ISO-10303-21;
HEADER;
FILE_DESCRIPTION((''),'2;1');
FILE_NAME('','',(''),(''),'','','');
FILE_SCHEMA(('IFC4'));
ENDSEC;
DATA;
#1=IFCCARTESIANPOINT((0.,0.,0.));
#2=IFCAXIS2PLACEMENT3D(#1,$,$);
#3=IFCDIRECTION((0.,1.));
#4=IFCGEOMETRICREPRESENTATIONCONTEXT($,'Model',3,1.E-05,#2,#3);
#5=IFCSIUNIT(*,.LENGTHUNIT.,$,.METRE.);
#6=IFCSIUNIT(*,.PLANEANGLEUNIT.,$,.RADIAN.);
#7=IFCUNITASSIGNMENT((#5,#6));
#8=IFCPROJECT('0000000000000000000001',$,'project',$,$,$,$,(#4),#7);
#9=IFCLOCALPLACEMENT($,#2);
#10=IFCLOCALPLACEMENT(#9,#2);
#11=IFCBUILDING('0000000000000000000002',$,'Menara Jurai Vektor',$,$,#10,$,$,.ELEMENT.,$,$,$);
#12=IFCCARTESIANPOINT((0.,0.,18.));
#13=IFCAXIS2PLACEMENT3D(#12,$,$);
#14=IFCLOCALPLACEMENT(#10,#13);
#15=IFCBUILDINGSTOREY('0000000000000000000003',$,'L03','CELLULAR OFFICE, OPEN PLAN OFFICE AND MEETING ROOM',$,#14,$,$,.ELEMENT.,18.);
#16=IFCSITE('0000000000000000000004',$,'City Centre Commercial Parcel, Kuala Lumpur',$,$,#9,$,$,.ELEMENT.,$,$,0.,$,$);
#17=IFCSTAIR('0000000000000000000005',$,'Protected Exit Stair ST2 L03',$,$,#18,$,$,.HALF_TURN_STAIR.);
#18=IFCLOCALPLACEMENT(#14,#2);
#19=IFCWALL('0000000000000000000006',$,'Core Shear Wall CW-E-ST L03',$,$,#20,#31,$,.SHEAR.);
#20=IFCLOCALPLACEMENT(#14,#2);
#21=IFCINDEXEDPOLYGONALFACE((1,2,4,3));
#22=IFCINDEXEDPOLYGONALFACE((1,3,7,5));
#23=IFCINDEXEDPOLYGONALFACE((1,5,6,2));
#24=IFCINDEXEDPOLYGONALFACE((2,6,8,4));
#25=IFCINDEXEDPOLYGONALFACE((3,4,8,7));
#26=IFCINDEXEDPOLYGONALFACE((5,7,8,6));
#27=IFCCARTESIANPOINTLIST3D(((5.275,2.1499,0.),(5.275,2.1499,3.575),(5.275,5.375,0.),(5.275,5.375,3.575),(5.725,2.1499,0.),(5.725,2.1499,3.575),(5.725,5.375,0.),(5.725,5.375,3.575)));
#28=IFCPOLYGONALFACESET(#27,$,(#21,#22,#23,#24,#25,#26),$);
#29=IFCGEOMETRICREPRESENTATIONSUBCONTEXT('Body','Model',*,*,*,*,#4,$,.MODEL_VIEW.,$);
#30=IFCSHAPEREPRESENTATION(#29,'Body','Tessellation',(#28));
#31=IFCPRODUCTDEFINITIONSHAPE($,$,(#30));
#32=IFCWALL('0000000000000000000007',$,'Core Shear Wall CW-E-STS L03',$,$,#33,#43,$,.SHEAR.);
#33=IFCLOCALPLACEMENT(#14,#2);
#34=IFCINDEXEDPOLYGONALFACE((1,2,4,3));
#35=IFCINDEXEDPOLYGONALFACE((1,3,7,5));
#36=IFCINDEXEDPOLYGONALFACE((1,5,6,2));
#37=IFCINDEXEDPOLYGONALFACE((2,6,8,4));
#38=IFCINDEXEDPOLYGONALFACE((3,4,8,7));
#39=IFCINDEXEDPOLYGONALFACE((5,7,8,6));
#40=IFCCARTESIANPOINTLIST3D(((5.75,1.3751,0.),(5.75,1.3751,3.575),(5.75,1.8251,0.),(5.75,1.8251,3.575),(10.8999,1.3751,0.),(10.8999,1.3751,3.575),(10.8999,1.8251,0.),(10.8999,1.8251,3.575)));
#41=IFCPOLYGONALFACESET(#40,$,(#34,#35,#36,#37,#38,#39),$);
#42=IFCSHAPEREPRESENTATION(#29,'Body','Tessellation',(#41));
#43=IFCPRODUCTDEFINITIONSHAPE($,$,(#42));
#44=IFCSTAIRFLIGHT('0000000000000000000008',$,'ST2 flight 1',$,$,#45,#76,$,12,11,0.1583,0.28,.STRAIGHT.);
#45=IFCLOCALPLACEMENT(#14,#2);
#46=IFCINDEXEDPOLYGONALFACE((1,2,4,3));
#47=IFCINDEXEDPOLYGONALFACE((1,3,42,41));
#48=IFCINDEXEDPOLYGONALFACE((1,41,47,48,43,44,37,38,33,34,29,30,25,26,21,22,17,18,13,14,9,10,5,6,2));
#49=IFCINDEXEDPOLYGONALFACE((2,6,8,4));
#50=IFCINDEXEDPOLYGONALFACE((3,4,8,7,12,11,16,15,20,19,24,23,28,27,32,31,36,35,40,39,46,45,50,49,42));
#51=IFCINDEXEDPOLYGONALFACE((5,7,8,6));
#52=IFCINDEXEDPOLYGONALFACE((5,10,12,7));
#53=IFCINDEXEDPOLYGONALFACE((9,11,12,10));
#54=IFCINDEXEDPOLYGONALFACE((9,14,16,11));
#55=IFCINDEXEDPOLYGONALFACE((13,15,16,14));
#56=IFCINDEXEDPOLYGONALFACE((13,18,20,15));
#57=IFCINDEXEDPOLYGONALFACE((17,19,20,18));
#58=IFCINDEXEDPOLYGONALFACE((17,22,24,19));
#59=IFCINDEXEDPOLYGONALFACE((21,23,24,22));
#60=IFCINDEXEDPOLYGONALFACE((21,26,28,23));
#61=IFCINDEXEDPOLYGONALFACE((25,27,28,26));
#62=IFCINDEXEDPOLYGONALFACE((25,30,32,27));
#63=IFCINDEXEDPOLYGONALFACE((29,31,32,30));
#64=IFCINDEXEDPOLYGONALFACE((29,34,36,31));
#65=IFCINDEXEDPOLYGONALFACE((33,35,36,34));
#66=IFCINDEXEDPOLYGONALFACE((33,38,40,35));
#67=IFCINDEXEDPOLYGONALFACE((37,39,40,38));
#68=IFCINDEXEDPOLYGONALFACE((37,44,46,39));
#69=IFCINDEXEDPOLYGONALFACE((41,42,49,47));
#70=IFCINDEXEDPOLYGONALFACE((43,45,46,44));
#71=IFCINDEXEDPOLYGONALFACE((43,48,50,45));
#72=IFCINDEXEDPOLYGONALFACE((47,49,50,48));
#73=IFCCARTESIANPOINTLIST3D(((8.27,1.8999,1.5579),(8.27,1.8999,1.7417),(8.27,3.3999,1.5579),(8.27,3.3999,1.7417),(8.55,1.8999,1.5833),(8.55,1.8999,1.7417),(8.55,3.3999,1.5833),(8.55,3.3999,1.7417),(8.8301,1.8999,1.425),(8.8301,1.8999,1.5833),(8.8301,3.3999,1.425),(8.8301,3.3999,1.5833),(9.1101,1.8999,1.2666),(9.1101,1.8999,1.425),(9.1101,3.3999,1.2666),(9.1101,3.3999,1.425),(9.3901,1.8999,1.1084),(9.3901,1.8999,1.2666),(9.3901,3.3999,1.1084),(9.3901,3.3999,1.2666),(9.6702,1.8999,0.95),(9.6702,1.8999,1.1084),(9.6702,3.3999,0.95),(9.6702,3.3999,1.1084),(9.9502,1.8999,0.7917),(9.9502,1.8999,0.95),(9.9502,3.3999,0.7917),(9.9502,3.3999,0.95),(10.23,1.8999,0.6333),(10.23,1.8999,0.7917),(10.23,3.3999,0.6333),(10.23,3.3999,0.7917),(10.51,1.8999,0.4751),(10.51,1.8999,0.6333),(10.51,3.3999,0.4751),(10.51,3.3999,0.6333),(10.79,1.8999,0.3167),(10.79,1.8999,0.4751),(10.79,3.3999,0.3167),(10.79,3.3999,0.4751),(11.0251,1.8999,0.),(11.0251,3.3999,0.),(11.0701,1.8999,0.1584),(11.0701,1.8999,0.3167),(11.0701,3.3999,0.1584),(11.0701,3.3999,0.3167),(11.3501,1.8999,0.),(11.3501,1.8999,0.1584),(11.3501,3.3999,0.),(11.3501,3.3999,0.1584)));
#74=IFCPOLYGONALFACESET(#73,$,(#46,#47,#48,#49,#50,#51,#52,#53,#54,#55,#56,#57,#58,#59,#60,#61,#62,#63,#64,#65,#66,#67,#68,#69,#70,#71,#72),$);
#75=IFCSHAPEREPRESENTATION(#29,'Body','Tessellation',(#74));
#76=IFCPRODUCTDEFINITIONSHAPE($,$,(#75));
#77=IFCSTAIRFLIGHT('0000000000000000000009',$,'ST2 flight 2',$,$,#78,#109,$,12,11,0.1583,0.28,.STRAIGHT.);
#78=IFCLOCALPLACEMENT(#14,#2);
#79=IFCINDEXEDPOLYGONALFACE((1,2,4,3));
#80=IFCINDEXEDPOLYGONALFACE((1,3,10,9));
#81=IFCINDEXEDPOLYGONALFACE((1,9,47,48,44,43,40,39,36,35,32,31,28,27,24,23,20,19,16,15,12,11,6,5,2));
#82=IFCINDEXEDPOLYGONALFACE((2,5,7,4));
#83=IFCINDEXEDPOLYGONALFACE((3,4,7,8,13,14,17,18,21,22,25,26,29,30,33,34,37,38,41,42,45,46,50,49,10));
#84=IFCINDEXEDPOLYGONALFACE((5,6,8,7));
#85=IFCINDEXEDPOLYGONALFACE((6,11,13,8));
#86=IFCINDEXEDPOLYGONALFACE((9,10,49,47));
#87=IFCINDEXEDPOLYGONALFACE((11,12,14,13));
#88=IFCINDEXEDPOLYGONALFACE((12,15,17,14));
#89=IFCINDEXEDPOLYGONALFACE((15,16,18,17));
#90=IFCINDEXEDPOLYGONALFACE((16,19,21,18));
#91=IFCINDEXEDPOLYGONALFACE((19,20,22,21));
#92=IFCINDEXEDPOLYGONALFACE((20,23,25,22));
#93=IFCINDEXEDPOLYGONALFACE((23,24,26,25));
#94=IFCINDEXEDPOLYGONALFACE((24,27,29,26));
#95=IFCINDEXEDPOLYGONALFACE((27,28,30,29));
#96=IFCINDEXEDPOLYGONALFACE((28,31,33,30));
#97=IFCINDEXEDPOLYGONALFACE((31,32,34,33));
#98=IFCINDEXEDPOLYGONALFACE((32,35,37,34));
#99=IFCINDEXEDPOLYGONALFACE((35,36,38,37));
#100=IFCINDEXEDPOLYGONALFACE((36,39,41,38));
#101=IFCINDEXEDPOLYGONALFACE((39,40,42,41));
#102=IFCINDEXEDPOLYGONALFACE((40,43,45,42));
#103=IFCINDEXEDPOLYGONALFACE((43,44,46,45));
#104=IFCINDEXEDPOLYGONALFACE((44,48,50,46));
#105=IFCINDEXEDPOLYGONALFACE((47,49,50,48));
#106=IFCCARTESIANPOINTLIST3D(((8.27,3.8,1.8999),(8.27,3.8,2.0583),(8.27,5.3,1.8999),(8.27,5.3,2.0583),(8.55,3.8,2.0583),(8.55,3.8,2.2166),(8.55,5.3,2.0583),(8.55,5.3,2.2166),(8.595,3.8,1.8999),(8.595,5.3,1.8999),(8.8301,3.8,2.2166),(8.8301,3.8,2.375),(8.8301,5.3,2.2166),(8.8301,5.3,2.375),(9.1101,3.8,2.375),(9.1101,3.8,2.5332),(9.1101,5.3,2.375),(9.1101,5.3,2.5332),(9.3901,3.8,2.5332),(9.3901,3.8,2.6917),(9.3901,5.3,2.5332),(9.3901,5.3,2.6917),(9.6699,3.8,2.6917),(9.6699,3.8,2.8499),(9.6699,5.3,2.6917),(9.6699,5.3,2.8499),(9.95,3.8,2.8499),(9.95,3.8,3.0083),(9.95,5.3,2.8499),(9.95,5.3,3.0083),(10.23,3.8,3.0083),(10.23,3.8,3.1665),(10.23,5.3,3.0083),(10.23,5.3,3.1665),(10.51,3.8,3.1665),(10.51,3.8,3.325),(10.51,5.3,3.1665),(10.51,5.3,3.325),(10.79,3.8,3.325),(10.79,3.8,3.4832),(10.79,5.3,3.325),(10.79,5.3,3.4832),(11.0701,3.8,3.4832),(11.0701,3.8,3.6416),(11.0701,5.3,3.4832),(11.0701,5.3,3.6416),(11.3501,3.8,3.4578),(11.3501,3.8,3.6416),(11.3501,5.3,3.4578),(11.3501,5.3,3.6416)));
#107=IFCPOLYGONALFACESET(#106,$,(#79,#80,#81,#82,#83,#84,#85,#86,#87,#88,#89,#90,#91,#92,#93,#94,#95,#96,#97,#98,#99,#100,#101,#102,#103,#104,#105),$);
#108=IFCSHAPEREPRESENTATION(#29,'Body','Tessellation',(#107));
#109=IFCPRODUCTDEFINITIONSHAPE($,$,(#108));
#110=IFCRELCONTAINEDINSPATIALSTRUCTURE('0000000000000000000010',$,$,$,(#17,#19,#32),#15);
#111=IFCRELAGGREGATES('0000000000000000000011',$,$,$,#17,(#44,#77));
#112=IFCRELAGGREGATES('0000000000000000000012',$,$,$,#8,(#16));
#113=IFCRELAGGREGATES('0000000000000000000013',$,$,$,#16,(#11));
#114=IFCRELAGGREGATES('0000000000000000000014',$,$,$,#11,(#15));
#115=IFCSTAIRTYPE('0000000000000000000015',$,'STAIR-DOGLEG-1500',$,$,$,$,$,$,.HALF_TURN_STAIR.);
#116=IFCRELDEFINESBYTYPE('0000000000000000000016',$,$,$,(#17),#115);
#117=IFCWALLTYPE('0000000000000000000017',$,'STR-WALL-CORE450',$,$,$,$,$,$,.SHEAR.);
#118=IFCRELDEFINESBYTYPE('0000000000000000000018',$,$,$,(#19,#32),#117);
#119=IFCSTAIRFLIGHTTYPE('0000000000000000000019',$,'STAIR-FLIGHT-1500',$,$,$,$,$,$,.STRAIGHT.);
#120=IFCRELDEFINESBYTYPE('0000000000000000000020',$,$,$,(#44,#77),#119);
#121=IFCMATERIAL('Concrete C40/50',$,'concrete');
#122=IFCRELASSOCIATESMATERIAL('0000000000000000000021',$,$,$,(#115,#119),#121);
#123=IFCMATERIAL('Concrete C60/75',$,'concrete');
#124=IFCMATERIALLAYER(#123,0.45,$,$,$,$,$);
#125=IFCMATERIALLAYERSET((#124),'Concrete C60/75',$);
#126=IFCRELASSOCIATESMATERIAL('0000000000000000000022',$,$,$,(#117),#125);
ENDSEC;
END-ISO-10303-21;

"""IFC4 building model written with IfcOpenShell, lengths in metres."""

from ifc_helpers import new_model, si_unit, direction, frame, frame_2d, origin, place, context, subcontext, project, spatial, polyline, rectangle, outline, extrude, material, layer, layer_set, type_object, element, aggregate, save


model = new_model("IFC4")

# Units and contexts
model_context = context("Model", 3, precision=1e-05, world=origin(), true_north=direction((0.0, 1.0)))
body_context = subcontext(model_context, "Body", "Model", "MODEL_VIEW")
ifc_project = project(units=[si_unit("LENGTHUNIT", "METRE"), si_unit("PLANEANGLEUNIT", "RADIAN")], contexts=[model_context])

# Site, building, storey
site_placement = place(None, origin())
site = spatial("IfcSite", under=ifc_project, at=site_placement, Name="City Centre Commercial Parcel, Kuala Lumpur", CompositionType="ELEMENT", RefElevation=0.0)
building_placement = place(site_placement, origin())
building = spatial("IfcBuilding", under=site, at=building_placement, Name="Menara Jurai Vektor", CompositionType="ELEMENT")
storey_placement = place(building_placement, frame((0.0, 0.0, 18.0)))
storey = spatial("IfcBuildingStorey", under=building, at=storey_placement, Name="L03", Description="CELLULAR OFFICE, OPEN PLAN OFFICE AND MEETING ROOM", CompositionType="ELEMENT", Elevation=18.0)

# Shared definitions
ifc_material_1 = material(Name="Concrete C60/75", Category="concrete")

# Stair
ifc_material_2 = material(Name="Concrete C40/50", Category="concrete")
stair_type = type_object("IfcStairType", Name="STAIR-DOGLEG-1500", PredefinedType="HALF_TURN_STAIR", material=ifc_material_2)
stair_placement = place(storey_placement, origin())
stair = element("IfcStair", 1, at=stair_placement, inside=storey, type_object=stair_type, Name="Protected Exit Stair ST2 L03", PredefinedType="HALF_TURN_STAIR")

# Walls
ifc_layer_1 = layer(ifc_material_1, 0.45)
ifc_layer_set_1 = layer_set([ifc_layer_1], Name="Concrete C60/75")
wall_type_1 = type_object("IfcWallType", Name="STR-WALL-CORE450", PredefinedType="SHEAR", material=ifc_layer_set_1)
wall_1_placement = place(storey_placement, frame((5.5, 2.1499, 0.0), z_axis=(0.0, 0.0, 1.0), x_axis=(0.0, 1.0, 0.0)))
element("IfcWall", 2, at=wall_1_placement, inside=storey, type_object=wall_type_1, Name="Core Shear Wall CW-E-ST L03", PredefinedType="SHEAR", context=body_context, shape_type="SweptSolid", body=[
    extrude(rectangle(XDim=3.2251, YDim=0.45, at=frame_2d((1.6125, 0.0))), origin(), (0.0, 0.0, 1.0), 3.575),
])
wall_2_placement = place(storey_placement, frame((5.75, 1.6001, 0.0), z_axis=(0.0, 0.0, 1.0), x_axis=(1.0, 0.0, 0.0)))
element("IfcWall", 3, at=wall_2_placement, inside=storey, type_object=wall_type_1, Name="Core Shear Wall CW-E-STS L03", PredefinedType="SHEAR", context=body_context, shape_type="SweptSolid", body=[
    extrude(rectangle(XDim=5.1499, YDim=0.45, at=frame_2d((2.575, 0.0))), origin(), (0.0, 0.0, 1.0), 3.575),
])

# Stair flights
stair_flight_type = type_object("IfcStairFlightType", Name="STAIR-FLIGHT-1500", PredefinedType="STRAIGHT", material=ifc_material_2)
stair_flight_1_placement = place(storey_placement, frame((11.3501, 2.6499, 0.0), z_axis=(0.0, 0.0, 1.0), x_axis=(-1.0, 0.0, 0.0)))
stair_flight_1 = element("IfcStairFlight", 4, at=stair_flight_1_placement, type_object=stair_flight_type, Name="ST2 flight 1", NumberOfRisers=12, NumberOfTreads=11, PredefinedType="STRAIGHT", RiserHeight=0.1583, TreadLength=0.28, context=body_context, shape_type="SweptSolid", body=[
    extrude(outline(polyline([(0.0, 0.0), (0.0, 0.1584), (0.28, 0.1584), (0.28, 0.3167), (0.5601, 0.3167), (0.5601, 0.4751), (0.8401, 0.4751), (0.8401, 0.6333), (1.1201, 0.6333), (1.1201, 0.7917), (1.3999, 0.7917), (1.3999, 0.95), (1.6799, 0.95), (1.6799, 1.1084), (1.96, 1.1084), (1.96, 1.2666), (2.24, 1.2666), (2.24, 1.425), (2.52, 1.425), (2.52, 1.5833), (2.8, 1.5833), (2.8, 1.7417), (3.0801, 1.7417), (3.0801, 1.8999), (3.0801, 1.5579), (0.325, 0.0), (0.0, 0.0)])), frame((0.0, 0.75, 0.0), z_axis=(0.0, -1.0, 0.0), x_axis=(1.0, 0.0, 0.0)), (0.0, 0.0, 1.0), 1.5),
])
stair_flight_2_placement = place(storey_placement, frame((8.27, 4.55, 1.8999), z_axis=(0.0, 0.0, 1.0), x_axis=(1.0, 0.0, 0.0)))
stair_flight_2 = element("IfcStairFlight", 5, at=stair_flight_2_placement, type_object=stair_flight_type, Name="ST2 flight 2", NumberOfRisers=12, NumberOfTreads=11, PredefinedType="STRAIGHT", RiserHeight=0.1583, TreadLength=0.28, context=body_context, shape_type="SweptSolid", body=[
    extrude(outline(polyline([(0.0, 0.0), (0.0, 0.1584), (0.28, 0.1584), (0.28, 0.3167), (0.5601, 0.3167), (0.5601, 0.4751), (0.8401, 0.4751), (0.8401, 0.6333), (1.1201, 0.6333), (1.1201, 0.7917), (1.3999, 0.7917), (1.3999, 0.95), (1.6799, 0.95), (1.6799, 1.1084), (1.96, 1.1084), (1.96, 1.2666), (2.24, 1.2666), (2.24, 1.425), (2.52, 1.425), (2.52, 1.5833), (2.8, 1.5833), (2.8, 1.7417), (3.0801, 1.7417), (3.0801, 1.8999), (3.0801, 1.5579), (0.325, 0.0), (0.0, 0.0)])), frame((0.0, 0.75, 0.0), z_axis=(0.0, -1.0, 0.0), x_axis=(1.0, 0.0, 0.0)), (0.0, 0.0, 1.0), 1.5),
])
aggregate(stair, [stair_flight_1, stair_flight_2])

save(model, "model.ifc")
